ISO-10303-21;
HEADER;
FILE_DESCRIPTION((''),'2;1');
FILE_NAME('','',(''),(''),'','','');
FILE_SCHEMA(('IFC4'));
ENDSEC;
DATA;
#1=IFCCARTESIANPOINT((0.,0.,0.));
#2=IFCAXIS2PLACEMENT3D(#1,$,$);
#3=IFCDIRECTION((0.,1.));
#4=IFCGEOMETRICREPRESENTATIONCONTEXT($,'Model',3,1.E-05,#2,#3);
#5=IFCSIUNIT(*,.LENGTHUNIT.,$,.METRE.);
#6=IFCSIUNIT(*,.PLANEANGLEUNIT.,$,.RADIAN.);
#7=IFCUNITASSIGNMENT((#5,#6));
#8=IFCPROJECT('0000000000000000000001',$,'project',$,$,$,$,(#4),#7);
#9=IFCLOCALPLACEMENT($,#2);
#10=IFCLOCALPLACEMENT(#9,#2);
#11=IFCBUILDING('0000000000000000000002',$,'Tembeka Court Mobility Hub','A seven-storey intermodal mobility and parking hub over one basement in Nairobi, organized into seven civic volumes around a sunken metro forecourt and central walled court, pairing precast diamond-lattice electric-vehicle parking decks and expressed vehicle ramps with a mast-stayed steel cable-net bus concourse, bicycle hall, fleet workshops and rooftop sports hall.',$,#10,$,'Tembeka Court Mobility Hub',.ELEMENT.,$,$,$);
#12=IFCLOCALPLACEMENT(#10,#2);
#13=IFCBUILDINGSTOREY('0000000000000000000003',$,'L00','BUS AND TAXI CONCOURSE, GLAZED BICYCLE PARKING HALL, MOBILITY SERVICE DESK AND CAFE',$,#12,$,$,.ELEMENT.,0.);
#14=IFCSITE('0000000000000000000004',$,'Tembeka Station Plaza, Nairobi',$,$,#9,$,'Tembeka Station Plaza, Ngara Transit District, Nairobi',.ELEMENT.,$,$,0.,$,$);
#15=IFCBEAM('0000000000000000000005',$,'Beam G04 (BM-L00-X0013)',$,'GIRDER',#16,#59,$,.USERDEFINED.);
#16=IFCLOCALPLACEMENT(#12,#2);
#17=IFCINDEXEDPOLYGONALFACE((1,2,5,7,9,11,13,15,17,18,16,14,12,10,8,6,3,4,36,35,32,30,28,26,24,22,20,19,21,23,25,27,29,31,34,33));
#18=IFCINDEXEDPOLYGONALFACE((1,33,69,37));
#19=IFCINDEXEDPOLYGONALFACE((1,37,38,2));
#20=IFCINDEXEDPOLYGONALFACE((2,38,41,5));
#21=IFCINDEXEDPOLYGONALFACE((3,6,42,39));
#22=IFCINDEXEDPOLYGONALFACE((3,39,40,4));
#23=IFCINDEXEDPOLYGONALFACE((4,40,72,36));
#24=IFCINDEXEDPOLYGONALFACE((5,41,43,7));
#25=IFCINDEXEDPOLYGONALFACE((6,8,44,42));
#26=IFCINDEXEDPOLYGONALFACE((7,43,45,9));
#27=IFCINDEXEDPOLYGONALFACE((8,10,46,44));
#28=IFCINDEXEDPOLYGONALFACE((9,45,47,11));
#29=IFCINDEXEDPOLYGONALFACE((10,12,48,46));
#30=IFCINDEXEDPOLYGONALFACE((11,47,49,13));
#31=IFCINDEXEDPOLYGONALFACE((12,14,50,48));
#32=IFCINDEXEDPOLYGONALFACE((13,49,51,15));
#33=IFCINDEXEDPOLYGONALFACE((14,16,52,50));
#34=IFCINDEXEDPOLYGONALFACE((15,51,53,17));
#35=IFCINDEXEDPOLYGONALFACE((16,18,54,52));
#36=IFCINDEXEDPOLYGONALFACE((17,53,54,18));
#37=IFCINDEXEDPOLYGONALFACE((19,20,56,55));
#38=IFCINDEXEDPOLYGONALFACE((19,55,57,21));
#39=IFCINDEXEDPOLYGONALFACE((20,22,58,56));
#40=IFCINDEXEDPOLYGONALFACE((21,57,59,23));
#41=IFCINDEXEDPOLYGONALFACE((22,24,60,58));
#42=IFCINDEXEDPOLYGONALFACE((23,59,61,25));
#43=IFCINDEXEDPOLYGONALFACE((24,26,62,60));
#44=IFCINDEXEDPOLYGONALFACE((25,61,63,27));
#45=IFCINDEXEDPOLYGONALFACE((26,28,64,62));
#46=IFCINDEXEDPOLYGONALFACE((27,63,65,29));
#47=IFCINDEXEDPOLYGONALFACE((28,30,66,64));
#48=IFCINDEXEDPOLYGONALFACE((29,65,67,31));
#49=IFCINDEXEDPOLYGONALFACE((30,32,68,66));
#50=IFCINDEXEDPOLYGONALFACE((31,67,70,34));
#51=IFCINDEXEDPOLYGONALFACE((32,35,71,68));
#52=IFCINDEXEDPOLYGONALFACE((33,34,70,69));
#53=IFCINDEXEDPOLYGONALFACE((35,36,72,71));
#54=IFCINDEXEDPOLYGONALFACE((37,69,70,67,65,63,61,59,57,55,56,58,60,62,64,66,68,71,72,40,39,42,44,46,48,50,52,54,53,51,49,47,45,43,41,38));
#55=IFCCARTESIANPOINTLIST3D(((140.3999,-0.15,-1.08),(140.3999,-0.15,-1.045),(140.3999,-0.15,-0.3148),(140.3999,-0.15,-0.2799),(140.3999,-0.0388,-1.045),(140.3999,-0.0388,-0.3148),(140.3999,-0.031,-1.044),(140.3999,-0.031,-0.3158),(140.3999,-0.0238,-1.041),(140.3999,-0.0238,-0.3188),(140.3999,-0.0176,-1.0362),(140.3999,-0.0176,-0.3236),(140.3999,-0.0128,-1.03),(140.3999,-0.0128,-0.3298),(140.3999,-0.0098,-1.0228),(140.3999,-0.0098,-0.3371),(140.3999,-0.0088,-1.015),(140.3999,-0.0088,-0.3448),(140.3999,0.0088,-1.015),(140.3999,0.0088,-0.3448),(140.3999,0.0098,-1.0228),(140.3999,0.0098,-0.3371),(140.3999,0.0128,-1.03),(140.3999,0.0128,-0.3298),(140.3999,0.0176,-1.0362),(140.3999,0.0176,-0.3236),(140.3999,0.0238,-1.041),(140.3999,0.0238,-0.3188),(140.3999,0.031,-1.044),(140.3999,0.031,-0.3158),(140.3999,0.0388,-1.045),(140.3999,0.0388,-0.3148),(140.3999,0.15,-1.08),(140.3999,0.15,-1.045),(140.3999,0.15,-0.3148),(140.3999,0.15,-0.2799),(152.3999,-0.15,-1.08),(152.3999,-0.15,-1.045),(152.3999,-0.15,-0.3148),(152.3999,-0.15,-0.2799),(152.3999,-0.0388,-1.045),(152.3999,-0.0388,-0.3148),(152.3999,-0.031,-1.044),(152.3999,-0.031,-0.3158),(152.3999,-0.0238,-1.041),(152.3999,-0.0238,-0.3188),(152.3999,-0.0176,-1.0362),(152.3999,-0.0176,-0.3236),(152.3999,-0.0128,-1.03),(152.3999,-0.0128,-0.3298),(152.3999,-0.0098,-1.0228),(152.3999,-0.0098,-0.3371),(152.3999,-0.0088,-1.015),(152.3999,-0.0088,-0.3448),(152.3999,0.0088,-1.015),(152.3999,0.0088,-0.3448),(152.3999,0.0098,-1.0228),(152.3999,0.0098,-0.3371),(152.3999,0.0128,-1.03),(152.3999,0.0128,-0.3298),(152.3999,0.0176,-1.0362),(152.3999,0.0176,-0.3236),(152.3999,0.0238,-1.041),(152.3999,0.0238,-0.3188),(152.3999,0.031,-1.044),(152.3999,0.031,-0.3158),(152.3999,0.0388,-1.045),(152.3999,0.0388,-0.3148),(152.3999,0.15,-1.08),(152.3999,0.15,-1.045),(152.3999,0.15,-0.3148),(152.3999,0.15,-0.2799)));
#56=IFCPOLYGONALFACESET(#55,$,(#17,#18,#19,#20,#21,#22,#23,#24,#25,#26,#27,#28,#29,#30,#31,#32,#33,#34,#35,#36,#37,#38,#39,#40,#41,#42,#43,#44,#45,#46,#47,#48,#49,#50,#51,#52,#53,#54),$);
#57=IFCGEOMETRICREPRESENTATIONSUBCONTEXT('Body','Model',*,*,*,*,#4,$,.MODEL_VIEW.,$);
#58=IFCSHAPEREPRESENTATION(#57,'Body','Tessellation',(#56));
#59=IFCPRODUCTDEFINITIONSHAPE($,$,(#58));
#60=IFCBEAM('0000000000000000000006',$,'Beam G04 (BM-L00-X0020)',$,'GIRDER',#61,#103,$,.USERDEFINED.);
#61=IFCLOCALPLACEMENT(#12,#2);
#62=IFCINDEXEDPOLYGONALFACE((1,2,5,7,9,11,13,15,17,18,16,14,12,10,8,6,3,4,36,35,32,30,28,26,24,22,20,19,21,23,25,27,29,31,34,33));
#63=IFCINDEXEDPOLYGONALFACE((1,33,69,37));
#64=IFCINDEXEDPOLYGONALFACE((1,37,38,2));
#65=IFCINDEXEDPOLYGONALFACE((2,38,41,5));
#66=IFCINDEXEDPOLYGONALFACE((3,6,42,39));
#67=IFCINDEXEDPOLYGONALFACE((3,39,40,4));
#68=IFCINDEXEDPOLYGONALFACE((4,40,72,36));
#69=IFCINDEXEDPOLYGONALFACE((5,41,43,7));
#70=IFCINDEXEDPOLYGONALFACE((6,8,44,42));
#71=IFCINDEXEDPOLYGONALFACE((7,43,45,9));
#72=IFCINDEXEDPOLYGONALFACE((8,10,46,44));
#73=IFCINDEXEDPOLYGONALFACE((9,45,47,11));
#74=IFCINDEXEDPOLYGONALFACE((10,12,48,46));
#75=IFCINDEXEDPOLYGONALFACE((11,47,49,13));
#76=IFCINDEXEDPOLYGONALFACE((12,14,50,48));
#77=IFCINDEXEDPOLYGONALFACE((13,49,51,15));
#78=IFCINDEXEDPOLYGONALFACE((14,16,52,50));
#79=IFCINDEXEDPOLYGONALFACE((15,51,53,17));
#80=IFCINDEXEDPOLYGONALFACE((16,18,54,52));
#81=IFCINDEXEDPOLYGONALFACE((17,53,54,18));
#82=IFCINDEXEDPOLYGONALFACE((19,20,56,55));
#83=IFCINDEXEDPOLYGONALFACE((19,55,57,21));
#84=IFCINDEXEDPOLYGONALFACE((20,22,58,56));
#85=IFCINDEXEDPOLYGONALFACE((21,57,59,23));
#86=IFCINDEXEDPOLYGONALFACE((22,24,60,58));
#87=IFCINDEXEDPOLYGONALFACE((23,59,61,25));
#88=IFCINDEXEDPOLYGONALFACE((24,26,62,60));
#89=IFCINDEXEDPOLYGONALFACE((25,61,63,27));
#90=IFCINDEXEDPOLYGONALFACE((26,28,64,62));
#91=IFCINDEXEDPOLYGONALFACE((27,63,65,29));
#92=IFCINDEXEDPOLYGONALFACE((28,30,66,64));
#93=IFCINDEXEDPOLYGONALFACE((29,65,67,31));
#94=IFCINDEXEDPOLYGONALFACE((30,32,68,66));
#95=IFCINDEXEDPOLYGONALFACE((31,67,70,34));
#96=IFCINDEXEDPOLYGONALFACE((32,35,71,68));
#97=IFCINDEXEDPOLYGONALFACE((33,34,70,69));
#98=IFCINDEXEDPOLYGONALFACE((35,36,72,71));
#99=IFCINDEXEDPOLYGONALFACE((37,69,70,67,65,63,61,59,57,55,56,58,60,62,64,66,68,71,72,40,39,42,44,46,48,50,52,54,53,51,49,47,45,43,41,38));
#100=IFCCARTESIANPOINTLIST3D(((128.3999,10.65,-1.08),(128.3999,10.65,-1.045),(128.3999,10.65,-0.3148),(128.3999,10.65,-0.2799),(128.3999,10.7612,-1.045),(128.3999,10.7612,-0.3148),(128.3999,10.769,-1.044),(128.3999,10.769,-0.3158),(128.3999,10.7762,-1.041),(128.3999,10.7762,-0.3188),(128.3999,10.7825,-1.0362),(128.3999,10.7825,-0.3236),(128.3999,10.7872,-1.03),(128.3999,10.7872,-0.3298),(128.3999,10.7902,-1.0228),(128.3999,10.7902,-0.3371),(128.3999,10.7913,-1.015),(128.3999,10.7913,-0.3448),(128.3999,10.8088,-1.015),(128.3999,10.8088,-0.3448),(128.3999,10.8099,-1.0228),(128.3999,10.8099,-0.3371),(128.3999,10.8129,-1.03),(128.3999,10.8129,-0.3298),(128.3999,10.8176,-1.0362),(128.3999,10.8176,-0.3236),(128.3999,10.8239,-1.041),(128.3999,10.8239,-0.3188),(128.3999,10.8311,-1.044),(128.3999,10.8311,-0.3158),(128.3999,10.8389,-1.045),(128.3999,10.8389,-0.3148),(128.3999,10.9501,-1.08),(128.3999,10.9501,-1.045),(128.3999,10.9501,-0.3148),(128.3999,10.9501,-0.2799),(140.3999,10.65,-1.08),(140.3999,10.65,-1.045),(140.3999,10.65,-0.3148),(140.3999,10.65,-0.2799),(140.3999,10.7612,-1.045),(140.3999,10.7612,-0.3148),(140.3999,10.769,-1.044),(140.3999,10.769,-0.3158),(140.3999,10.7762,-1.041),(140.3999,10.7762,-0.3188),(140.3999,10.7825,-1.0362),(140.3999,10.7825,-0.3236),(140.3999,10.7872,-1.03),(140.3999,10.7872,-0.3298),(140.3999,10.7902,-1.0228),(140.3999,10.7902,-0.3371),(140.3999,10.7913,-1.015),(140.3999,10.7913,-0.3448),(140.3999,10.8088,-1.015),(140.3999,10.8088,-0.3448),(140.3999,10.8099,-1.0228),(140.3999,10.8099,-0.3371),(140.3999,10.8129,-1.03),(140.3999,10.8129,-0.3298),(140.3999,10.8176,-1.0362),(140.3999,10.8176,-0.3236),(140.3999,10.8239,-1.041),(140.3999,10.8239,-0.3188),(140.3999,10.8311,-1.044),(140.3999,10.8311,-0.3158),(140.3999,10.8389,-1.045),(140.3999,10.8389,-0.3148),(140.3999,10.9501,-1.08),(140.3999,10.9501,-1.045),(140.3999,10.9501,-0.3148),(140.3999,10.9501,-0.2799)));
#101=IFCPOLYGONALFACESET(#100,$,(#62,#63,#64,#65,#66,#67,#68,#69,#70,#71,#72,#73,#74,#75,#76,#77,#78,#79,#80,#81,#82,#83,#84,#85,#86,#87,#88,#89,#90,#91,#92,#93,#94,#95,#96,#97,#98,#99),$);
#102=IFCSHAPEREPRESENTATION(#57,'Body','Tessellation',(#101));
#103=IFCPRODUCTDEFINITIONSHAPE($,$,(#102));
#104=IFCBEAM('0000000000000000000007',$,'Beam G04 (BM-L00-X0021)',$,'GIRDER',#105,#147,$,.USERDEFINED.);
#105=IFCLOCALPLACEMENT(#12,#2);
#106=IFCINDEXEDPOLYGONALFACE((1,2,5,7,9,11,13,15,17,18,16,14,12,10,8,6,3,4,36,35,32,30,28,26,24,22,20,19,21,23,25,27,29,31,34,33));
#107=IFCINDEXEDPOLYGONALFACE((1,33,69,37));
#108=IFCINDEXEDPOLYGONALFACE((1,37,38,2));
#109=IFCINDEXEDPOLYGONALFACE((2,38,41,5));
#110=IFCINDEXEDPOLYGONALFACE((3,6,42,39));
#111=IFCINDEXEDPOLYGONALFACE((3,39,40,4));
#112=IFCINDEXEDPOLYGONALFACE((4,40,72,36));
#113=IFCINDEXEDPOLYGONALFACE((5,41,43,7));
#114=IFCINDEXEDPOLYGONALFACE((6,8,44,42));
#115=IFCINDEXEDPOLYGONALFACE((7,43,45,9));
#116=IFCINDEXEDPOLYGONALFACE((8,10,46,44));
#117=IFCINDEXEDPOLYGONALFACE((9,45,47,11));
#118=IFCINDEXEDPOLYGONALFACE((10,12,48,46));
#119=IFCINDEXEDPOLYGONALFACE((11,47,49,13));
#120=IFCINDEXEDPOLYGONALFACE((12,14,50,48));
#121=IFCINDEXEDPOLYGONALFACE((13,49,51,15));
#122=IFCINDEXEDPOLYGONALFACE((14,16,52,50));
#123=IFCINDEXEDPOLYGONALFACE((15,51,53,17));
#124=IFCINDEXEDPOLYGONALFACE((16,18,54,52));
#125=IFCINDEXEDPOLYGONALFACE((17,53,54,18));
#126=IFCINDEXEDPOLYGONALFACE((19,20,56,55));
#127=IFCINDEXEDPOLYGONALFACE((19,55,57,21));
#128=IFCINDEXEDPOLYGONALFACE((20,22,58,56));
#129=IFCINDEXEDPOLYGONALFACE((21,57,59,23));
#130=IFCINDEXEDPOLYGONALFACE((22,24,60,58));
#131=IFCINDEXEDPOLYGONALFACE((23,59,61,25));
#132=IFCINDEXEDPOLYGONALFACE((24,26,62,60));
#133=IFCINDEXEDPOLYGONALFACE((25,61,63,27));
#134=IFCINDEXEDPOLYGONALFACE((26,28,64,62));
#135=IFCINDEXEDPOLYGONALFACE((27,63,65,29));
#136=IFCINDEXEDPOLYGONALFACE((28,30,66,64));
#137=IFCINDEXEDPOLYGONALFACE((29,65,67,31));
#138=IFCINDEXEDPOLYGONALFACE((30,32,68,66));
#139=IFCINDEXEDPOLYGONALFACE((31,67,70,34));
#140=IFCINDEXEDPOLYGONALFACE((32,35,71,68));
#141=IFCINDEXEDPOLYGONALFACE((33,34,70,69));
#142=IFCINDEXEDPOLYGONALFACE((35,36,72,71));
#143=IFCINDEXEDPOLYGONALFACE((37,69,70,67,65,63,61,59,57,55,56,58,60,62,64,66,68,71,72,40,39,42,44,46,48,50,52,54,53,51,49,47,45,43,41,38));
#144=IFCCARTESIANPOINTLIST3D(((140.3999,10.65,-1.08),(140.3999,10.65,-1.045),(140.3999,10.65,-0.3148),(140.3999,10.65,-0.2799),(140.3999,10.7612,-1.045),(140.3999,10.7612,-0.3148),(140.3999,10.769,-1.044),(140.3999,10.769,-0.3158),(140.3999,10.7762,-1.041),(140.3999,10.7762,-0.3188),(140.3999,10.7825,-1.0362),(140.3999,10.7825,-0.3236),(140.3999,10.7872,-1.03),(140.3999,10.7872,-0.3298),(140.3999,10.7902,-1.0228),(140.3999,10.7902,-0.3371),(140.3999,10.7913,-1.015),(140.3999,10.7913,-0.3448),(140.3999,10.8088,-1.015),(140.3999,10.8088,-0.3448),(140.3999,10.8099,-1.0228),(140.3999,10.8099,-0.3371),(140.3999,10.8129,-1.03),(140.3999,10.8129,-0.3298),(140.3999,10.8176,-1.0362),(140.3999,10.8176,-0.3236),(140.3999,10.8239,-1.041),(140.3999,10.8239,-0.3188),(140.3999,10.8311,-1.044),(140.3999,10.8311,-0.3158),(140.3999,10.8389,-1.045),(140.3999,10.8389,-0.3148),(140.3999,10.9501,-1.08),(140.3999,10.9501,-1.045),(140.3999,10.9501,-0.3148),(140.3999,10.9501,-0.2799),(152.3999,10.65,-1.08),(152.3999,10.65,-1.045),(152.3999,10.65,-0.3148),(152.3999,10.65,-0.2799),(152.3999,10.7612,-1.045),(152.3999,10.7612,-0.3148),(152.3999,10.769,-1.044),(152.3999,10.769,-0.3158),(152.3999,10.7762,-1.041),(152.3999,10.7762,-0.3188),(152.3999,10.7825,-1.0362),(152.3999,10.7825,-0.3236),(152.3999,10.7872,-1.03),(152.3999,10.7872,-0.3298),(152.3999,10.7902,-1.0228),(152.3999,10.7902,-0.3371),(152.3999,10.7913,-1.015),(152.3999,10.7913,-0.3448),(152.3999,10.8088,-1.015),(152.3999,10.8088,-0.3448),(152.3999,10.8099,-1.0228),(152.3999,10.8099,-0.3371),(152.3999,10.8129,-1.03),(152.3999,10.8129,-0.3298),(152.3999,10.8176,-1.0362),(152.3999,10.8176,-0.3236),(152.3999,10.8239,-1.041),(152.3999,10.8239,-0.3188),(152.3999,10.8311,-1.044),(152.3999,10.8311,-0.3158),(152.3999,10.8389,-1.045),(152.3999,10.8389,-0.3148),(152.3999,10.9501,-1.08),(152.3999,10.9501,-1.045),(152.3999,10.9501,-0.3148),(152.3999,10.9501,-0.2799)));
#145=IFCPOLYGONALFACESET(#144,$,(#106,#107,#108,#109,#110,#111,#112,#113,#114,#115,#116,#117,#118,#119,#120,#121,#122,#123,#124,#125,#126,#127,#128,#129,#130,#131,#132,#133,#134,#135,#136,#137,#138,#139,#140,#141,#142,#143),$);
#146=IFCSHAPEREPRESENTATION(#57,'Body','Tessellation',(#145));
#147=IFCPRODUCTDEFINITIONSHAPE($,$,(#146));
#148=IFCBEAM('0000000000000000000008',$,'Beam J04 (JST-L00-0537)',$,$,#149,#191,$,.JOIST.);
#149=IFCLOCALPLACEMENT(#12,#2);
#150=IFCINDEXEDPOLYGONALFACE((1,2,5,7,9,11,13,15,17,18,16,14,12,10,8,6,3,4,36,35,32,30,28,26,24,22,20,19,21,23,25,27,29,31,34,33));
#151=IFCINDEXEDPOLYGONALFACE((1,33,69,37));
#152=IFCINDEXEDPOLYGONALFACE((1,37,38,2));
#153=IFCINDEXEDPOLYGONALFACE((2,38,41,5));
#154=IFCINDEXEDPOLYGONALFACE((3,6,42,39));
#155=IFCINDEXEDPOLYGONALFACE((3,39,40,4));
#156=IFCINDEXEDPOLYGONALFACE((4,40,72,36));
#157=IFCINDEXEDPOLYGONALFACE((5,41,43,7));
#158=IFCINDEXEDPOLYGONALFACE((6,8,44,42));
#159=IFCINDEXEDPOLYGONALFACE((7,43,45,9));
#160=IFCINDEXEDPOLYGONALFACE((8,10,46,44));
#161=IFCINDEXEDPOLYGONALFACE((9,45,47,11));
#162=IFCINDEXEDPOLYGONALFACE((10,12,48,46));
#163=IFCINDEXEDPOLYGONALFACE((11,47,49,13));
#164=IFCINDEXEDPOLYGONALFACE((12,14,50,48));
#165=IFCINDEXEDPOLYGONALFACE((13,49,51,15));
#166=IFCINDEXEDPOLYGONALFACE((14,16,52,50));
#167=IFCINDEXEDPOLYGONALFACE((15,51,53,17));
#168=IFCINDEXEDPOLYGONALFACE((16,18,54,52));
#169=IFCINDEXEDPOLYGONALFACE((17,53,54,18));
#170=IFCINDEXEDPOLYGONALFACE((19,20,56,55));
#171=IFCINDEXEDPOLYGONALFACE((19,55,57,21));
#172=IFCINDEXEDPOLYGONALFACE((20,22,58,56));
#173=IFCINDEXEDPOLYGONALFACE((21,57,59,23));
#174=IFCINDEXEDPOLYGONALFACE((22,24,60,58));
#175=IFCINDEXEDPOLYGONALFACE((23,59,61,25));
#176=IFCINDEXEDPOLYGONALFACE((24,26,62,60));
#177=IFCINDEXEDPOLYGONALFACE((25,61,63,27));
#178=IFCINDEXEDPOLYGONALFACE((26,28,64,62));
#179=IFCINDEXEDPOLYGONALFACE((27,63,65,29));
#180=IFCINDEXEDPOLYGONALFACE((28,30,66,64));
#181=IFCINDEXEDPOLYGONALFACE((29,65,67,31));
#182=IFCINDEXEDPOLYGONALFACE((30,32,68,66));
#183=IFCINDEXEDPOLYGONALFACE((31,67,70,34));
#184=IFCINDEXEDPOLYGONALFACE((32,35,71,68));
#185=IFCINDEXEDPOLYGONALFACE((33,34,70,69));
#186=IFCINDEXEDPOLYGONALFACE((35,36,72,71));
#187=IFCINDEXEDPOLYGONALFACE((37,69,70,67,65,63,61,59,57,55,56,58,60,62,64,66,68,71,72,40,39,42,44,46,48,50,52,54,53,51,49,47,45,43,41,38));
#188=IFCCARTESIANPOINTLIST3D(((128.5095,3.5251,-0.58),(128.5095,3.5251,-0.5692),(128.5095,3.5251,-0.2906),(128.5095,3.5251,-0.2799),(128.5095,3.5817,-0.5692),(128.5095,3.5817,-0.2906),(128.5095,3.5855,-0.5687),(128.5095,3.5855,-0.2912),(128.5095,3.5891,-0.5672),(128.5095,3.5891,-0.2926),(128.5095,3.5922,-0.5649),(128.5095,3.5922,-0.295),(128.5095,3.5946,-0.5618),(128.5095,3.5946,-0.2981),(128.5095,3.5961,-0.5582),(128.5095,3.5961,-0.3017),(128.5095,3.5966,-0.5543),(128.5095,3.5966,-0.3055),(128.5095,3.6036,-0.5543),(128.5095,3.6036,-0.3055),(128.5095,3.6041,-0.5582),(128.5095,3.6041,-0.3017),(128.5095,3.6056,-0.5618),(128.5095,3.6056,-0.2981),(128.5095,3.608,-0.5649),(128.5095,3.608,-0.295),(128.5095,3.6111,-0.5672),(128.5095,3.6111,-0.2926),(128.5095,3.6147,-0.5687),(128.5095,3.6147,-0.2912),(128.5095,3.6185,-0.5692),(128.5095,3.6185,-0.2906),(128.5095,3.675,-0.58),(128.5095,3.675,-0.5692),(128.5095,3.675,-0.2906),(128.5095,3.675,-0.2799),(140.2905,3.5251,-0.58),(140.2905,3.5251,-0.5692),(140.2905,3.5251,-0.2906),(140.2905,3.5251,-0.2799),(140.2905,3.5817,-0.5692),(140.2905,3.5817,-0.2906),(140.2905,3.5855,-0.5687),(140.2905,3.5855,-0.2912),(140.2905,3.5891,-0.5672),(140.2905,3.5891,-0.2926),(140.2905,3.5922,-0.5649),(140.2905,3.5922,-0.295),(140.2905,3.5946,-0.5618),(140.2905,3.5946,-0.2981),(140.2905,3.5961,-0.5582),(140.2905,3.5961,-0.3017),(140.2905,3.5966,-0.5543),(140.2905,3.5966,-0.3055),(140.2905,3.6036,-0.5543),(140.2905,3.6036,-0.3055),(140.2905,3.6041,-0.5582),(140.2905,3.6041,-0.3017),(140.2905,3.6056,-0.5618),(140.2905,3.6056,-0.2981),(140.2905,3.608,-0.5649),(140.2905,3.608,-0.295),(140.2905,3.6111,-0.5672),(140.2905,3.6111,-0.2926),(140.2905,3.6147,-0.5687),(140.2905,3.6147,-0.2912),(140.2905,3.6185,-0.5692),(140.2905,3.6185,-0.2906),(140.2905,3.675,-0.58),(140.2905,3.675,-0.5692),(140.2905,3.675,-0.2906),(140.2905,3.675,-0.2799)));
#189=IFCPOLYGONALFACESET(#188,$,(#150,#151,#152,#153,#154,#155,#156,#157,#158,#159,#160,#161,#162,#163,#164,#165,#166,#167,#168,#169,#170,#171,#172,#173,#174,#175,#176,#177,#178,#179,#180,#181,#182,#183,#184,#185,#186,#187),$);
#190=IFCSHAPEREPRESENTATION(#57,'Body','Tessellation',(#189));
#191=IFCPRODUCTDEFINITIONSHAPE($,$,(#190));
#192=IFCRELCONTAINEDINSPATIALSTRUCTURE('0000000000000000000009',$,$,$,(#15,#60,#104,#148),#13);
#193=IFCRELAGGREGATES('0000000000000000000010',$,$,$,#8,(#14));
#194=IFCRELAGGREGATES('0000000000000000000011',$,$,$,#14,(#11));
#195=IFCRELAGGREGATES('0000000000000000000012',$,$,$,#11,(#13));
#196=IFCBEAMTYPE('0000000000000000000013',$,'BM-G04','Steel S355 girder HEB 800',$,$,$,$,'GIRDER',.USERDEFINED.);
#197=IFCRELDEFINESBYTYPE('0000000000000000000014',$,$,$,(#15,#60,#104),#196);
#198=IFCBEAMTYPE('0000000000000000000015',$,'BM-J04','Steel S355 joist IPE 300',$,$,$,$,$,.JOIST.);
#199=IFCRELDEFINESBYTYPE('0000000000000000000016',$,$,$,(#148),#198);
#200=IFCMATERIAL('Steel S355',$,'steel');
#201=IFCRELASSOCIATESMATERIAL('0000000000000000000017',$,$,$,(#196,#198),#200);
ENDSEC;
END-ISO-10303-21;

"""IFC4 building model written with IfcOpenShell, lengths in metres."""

from ifc_helpers import new_model, si_unit, direction, frame, origin, origin_2d, place, context, subcontext, project, spatial, i_section, extrude, material, material_profile, profile_set, type_object, element, save


model = new_model("IFC4")

# Units and contexts
model_context = context("Model", 3, precision=1e-05, world=origin(), true_north=direction((0.0, 1.0)))
body_context = subcontext(model_context, "Body", "Model", "MODEL_VIEW")
ifc_project = project(units=[si_unit("LENGTHUNIT", "METRE"), si_unit("PLANEANGLEUNIT", "RADIAN")], contexts=[model_context])

# Site, building, storey
site_placement = place(None, origin())
site = spatial("IfcSite", under=ifc_project, at=site_placement, Name="Tembeka Station Plaza, Nairobi", LongName="Tembeka Station Plaza, Ngara Transit District, Nairobi", CompositionType="ELEMENT", RefElevation=0.0)
building_placement = place(site_placement, origin())
building = spatial("IfcBuilding", under=site, at=building_placement, Name="Tembeka Court Mobility Hub", Description="A seven-storey intermodal mobility and parking hub over one basement in Nairobi, organized into seven civic volumes around a sunken metro forecourt and central walled court, pairing precast diamond-lattice electric-vehicle parking decks and expressed vehicle ramps with a mast-stayed steel cable-net bus concourse, bicycle hall, fleet workshops and rooftop sports hall.", LongName="Tembeka Court Mobility Hub", CompositionType="ELEMENT")
storey_placement = place(building_placement, origin())
storey = spatial("IfcBuildingStorey", under=building, at=storey_placement, Name="L00", Description="BUS AND TAXI CONCOURSE, GLAZED BICYCLE PARKING HALL, MOBILITY SERVICE DESK AND CAFE", CompositionType="ELEMENT", Elevation=0.0)

# Shared definitions
ifc_material_1 = material(Name="Steel S355", Category="steel")

# Beams
ifc_material_profile_1 = material_profile(ifc_material_1, i_section(OverallWidth=0.3, OverallDepth=0.8, WebThickness=0.0176, FlangeThickness=0.0349, FilletRadius=0.03, at=origin_2d()), Name="HEB 800")
ifc_profile_set_1 = profile_set([ifc_material_profile_1], Name="Steel S355")
beam_type_1 = type_object("IfcBeamType", Name="BM-G04", Description="Steel S355 girder HEB 800", ElementType="GIRDER", PredefinedType="USERDEFINED", material=ifc_profile_set_1)
for number, where, z_axis, x_axis, name in (
    (1, (140.3999, 0.0, -0.6799), (1.0, 0.0, 0.0), (0.0, 1.0, 0.0), "Beam G04 (BM-L00-X0013)"),
    (2, (128.3999, 10.8, -0.6799), (1.0, 0.0, 0.0), (0.0, 1.0, 0.0), "Beam G04 (BM-L00-X0020)"),
    (3, (140.3999, 10.8, -0.6799), (1.0, 0.0, 0.0), (0.0, 1.0, 0.0), "Beam G04 (BM-L00-X0021)"),
):
    element("IfcBeam", number, at=place(storey_placement, frame(where, z_axis=z_axis, x_axis=x_axis)), inside=storey, type_object=beam_type_1, Name=name, ObjectType="GIRDER", PredefinedType="USERDEFINED", context=body_context, shape_type="SweptSolid", body=[
        extrude(i_section(OverallWidth=0.3, OverallDepth=0.8, WebThickness=0.0176, FlangeThickness=0.0349, FilletRadius=0.03, at=origin_2d()), origin(), (0.0, 0.0, 1.0), 12.0),
    ])
ifc_material_profile_2 = material_profile(ifc_material_1, i_section(OverallWidth=0.1499, OverallDepth=0.3, WebThickness=0.0071, FlangeThickness=0.0107, FilletRadius=0.0149, at=origin_2d()), Name="IPE 300")
ifc_profile_set_2 = profile_set([ifc_material_profile_2], Name="Steel S355")
beam_type_2 = type_object("IfcBeamType", Name="BM-J04", Description="Steel S355 joist IPE 300", PredefinedType="JOIST", material=ifc_profile_set_2)
for number, where, z_axis, x_axis, name in (
    (4, (128.5095, 3.6001, -0.4299), (1.0, 0.0, 0.0), (0.0, 1.0, 0.0), "Beam J04 (JST-L00-0537)"),
):
    element("IfcBeam", number, at=place(storey_placement, frame(where, z_axis=z_axis, x_axis=x_axis)), inside=storey, type_object=beam_type_2, Name=name, PredefinedType="JOIST", context=body_context, shape_type="SweptSolid", body=[
        extrude(i_section(OverallWidth=0.1499, OverallDepth=0.3, WebThickness=0.0071, FlangeThickness=0.0107, FilletRadius=0.0149, at=origin_2d()), origin(), (0.0, 0.0, 1.0), 11.781),
    ])

save(model, "model.ifc")
